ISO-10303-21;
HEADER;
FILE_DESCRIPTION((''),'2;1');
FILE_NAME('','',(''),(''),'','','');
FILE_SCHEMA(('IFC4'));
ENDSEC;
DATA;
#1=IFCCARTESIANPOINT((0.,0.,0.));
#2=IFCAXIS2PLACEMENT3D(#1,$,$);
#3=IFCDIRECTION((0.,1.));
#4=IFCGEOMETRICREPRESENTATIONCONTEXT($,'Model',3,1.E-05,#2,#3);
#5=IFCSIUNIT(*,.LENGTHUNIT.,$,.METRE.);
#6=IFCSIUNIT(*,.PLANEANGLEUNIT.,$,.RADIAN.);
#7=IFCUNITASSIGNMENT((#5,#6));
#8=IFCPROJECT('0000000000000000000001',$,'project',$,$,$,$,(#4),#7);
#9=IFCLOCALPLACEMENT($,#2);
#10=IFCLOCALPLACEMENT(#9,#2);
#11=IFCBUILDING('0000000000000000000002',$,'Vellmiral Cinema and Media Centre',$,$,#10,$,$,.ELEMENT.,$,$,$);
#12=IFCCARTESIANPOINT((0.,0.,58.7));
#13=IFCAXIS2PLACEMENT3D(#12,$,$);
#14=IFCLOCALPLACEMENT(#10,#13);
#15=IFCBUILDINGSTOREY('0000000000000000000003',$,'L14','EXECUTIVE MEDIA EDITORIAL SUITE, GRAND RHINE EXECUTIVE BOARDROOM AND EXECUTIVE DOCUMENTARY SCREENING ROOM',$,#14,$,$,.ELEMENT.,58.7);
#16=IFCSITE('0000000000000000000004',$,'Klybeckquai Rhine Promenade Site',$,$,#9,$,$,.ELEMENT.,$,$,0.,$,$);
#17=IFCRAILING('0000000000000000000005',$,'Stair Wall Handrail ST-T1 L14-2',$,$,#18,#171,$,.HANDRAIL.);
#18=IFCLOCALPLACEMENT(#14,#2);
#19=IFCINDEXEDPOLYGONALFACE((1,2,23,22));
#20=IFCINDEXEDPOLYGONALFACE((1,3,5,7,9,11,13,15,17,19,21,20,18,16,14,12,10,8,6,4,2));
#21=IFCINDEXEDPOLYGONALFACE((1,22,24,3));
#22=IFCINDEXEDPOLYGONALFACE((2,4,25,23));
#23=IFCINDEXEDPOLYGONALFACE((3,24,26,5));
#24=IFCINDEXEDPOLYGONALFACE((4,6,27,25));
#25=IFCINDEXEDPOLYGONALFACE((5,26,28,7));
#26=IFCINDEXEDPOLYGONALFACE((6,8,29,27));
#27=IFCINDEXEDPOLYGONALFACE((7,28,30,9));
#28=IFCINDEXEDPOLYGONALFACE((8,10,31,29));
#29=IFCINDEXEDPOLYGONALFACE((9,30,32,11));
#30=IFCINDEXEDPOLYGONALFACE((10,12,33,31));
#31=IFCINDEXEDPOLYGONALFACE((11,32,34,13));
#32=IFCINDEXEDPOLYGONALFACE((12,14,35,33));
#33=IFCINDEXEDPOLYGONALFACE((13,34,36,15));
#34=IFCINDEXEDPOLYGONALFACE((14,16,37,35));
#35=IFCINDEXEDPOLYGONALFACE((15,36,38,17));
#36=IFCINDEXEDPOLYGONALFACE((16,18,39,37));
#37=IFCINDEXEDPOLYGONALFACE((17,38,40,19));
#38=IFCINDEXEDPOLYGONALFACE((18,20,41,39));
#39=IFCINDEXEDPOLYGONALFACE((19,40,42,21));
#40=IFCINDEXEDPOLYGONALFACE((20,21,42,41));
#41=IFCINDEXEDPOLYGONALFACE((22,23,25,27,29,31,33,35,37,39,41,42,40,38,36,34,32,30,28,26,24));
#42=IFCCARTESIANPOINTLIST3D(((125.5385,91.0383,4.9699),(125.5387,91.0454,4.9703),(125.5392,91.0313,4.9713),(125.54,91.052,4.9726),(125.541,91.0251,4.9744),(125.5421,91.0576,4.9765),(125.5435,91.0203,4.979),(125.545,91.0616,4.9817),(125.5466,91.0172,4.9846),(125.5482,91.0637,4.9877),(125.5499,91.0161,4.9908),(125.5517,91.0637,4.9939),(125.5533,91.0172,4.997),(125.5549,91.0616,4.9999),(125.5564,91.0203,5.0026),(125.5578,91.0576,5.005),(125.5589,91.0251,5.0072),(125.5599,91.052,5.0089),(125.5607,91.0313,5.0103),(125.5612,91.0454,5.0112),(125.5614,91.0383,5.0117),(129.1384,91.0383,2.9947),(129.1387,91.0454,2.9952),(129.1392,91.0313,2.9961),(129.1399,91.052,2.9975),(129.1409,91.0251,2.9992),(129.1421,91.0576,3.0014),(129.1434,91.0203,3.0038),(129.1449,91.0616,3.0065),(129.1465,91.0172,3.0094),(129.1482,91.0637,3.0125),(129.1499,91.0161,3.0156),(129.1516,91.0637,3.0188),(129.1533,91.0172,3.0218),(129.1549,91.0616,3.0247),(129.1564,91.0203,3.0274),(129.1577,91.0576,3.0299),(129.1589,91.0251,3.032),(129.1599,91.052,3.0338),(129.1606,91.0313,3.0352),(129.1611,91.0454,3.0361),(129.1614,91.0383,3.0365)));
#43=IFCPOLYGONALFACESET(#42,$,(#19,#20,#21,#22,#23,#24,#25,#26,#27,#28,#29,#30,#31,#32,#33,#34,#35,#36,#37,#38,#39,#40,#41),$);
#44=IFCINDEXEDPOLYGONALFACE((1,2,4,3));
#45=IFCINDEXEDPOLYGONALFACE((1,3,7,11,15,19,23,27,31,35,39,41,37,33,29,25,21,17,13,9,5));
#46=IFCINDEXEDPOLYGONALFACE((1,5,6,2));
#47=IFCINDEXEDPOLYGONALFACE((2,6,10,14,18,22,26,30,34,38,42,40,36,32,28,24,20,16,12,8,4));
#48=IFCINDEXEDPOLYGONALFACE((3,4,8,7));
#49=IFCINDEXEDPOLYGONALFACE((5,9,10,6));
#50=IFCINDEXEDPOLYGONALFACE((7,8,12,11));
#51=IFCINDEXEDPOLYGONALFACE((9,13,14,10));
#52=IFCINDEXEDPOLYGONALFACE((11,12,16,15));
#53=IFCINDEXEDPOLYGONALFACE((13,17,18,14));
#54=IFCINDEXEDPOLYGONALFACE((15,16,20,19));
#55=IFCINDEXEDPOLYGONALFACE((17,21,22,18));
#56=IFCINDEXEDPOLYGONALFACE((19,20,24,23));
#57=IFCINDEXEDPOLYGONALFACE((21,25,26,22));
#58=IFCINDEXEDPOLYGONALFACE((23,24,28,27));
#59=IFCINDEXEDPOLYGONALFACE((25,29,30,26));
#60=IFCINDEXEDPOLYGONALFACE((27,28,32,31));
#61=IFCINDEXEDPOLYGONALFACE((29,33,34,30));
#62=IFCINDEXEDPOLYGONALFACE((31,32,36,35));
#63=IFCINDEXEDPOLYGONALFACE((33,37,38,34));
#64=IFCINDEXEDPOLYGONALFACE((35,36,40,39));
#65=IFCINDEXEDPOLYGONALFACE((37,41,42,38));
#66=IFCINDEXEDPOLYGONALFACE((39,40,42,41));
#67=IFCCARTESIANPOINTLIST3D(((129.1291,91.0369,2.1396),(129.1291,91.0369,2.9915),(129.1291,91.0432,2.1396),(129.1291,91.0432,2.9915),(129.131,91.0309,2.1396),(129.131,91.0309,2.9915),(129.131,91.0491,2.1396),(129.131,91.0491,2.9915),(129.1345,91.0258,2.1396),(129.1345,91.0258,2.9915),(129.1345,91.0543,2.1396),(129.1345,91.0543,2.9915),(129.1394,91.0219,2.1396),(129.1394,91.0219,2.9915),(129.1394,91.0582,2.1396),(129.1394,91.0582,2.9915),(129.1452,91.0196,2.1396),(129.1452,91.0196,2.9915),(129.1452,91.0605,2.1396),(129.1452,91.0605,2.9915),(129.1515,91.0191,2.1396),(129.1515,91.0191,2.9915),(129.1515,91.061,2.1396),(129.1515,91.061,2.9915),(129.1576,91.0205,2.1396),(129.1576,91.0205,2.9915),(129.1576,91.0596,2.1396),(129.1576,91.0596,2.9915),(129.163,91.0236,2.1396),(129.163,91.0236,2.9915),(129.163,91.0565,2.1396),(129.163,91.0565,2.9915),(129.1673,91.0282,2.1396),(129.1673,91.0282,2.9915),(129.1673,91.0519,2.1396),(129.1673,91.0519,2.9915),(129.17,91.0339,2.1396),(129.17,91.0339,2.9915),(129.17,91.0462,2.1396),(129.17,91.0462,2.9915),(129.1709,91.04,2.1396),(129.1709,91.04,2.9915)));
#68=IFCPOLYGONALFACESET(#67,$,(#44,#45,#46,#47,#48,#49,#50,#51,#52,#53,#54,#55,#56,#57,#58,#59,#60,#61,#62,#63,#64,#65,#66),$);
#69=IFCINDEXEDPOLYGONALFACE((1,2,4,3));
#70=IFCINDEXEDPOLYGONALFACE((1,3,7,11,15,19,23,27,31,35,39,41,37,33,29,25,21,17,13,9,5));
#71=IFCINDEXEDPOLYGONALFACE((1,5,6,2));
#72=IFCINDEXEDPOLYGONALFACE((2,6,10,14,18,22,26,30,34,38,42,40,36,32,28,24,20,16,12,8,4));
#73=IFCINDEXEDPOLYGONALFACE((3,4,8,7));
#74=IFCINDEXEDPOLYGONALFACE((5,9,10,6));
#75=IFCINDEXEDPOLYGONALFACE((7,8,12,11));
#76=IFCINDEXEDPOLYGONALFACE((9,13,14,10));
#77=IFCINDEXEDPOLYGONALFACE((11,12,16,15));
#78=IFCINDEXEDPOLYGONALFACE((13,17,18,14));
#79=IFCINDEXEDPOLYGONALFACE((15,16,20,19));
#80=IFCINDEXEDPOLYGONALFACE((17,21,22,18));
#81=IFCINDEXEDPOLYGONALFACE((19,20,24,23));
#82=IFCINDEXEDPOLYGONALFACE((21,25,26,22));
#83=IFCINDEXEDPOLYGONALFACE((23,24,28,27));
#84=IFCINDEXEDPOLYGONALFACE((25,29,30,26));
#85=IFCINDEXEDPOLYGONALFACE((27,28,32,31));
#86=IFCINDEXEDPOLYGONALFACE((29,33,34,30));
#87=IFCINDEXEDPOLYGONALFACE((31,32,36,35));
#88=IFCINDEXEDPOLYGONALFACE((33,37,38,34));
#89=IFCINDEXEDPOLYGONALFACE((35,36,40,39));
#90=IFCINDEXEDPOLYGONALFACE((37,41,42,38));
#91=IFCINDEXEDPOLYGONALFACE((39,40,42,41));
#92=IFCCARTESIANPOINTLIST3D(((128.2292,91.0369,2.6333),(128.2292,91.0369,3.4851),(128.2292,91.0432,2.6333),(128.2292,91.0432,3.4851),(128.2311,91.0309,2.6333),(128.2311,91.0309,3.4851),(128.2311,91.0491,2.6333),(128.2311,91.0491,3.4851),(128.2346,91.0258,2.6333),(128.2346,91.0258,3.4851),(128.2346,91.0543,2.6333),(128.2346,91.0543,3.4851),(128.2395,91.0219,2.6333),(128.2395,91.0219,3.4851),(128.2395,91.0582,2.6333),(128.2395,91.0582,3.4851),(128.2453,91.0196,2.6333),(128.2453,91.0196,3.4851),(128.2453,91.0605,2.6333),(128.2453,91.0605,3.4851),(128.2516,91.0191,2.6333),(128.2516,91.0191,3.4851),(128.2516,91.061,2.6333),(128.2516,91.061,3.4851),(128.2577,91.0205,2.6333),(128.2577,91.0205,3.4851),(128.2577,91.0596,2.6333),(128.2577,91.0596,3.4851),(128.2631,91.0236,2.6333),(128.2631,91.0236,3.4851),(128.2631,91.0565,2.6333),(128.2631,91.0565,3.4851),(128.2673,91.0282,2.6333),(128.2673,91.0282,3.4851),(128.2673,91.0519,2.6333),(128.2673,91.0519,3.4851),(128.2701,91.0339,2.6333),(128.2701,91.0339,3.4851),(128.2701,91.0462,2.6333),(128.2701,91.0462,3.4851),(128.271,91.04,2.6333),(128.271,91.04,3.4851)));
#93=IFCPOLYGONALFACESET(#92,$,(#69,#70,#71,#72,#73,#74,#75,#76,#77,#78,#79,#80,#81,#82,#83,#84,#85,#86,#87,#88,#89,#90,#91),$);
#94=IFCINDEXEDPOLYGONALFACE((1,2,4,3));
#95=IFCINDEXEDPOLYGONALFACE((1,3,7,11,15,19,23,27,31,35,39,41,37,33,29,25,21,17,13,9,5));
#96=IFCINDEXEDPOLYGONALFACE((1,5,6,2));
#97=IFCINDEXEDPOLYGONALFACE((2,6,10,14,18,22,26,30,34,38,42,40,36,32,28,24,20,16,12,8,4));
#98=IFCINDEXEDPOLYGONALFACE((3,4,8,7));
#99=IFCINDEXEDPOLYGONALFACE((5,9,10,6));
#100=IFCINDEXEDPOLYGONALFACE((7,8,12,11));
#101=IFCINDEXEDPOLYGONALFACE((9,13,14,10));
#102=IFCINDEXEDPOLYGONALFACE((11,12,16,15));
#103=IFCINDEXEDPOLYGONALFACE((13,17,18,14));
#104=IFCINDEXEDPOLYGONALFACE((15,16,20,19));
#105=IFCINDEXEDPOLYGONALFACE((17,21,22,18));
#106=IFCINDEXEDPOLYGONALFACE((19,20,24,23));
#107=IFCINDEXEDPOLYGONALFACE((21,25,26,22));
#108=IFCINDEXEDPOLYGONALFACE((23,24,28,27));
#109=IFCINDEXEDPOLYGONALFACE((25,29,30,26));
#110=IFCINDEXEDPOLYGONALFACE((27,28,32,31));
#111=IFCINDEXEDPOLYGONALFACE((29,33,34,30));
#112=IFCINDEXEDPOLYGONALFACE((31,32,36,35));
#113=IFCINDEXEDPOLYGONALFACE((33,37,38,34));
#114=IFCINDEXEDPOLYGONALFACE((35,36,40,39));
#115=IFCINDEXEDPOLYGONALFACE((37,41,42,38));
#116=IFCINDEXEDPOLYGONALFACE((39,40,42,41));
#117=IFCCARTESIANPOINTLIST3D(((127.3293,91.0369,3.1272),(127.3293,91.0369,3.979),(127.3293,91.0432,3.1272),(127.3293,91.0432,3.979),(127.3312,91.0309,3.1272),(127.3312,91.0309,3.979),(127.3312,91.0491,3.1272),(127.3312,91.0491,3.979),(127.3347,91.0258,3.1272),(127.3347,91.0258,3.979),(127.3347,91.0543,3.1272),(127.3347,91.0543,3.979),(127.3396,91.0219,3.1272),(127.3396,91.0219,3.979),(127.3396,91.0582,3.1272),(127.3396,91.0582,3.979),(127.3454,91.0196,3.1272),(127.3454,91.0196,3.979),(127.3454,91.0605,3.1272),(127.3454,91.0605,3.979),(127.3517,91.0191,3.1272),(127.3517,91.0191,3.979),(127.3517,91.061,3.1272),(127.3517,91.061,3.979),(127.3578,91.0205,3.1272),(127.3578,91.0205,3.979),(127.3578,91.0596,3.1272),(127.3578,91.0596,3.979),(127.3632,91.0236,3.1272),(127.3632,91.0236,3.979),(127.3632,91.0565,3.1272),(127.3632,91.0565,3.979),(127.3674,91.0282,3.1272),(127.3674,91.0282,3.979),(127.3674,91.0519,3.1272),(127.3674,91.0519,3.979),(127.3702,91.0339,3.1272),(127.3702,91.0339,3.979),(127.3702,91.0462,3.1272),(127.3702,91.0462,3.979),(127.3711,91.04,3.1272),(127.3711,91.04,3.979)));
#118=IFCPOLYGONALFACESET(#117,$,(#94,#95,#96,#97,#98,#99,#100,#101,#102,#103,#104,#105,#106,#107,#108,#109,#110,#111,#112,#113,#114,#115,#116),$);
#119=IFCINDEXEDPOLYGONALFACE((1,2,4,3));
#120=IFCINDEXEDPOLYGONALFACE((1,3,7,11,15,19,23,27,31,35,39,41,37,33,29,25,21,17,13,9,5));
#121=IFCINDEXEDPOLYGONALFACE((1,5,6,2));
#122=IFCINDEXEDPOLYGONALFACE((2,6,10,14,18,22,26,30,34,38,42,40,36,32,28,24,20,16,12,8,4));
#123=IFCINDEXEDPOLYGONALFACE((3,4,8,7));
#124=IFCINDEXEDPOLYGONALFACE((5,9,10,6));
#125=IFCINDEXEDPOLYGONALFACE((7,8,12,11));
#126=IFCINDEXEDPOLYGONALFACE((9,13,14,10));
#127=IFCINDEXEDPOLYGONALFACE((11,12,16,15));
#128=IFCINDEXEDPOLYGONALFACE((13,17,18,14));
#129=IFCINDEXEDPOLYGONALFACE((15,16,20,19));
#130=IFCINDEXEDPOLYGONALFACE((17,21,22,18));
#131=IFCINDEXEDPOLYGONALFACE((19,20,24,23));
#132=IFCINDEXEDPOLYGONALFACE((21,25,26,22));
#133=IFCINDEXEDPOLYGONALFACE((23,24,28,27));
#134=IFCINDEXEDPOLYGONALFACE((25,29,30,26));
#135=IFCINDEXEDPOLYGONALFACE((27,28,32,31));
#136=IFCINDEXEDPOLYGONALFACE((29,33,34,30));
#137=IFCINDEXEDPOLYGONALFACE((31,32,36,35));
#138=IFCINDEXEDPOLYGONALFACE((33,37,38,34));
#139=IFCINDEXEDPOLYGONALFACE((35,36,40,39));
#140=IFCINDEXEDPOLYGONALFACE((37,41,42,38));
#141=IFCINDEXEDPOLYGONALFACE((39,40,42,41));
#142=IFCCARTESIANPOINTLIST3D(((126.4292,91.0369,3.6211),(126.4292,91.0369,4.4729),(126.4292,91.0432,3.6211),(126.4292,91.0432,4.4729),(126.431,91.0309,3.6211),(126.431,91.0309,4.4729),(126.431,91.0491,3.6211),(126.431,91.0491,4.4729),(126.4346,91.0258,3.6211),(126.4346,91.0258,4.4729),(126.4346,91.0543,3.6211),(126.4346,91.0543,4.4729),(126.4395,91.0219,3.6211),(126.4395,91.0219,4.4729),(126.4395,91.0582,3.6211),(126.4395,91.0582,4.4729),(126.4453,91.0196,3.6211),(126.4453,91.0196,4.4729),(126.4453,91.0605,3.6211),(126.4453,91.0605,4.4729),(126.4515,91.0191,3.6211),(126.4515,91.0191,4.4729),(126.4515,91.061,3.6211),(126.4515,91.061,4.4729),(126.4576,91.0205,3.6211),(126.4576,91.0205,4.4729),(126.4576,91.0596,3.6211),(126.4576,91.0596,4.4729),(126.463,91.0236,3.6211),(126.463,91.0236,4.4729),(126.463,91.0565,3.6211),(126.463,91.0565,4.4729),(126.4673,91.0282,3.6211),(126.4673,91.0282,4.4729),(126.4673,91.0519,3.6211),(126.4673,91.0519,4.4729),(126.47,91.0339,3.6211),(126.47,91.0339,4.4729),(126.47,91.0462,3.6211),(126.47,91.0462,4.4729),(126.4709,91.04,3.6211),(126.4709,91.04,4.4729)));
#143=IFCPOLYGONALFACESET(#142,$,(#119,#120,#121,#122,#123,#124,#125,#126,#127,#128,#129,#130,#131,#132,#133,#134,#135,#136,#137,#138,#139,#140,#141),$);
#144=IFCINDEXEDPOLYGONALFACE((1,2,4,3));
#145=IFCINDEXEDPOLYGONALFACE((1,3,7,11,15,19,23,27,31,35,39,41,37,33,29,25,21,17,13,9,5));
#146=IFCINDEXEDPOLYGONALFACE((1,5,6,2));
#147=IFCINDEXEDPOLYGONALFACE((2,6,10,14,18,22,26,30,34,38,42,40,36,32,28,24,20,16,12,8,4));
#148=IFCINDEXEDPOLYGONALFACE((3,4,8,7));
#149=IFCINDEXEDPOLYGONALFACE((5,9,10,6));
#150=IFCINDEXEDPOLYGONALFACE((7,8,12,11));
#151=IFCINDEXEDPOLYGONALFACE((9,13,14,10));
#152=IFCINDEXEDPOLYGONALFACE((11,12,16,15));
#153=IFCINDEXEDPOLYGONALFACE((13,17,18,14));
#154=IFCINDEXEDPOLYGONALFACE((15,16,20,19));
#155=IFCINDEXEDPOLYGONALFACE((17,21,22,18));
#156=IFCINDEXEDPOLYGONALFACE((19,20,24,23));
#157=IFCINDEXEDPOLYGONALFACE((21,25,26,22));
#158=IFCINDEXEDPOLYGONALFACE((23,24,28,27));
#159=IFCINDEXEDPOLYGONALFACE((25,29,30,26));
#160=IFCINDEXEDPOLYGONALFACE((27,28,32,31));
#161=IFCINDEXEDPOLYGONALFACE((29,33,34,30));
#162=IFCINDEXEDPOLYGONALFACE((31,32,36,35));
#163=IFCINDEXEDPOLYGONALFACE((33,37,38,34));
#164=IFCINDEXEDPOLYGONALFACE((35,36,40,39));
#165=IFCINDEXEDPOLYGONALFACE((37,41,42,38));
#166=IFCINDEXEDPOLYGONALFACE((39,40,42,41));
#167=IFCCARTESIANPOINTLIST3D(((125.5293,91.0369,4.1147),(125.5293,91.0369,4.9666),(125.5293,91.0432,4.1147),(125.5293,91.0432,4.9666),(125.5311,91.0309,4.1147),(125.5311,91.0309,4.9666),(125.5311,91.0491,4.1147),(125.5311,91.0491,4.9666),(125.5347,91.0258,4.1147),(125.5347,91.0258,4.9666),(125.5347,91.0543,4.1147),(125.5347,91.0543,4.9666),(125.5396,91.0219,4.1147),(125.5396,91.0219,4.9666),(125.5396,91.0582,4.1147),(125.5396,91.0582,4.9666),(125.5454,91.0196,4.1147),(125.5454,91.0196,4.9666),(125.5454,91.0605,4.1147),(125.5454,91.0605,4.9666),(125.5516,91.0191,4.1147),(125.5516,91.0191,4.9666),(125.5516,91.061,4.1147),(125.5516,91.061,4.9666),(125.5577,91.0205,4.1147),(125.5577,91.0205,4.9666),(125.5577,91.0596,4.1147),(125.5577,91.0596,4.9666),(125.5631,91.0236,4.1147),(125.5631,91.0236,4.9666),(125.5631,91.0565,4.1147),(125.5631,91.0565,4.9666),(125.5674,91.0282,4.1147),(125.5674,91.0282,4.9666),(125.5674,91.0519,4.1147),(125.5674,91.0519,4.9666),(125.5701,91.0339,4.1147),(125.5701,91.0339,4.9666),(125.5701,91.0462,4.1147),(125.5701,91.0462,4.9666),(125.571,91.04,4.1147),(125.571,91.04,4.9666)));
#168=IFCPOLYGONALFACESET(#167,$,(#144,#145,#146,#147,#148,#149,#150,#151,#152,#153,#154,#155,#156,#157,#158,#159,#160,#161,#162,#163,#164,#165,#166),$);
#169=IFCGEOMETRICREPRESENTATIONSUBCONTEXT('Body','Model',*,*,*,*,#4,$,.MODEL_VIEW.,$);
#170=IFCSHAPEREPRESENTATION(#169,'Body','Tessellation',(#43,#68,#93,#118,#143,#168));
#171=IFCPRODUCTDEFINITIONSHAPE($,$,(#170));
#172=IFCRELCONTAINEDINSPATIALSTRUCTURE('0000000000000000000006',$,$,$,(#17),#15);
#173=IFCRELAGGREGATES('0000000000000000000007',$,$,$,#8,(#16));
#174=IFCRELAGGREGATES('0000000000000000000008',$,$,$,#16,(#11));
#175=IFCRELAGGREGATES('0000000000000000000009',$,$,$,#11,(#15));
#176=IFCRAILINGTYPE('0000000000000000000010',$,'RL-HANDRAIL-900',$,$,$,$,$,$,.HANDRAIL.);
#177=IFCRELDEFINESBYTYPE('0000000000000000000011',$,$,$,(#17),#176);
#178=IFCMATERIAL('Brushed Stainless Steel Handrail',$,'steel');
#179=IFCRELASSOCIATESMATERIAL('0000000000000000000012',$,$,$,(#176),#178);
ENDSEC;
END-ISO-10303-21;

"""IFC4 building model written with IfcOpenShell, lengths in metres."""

from ifc_helpers import new_model, si_unit, direction, frame, origin, origin_2d, place, context, subcontext, project, spatial, circle, extrude, material, type_object, element, save


model = new_model("IFC4")

# Units and contexts
model_context = context("Model", 3, precision=1e-05, world=origin(), true_north=direction((0.0, 1.0)))
body_context = subcontext(model_context, "Body", "Model", "MODEL_VIEW")
ifc_project = project(units=[si_unit("LENGTHUNIT", "METRE"), si_unit("PLANEANGLEUNIT", "RADIAN")], contexts=[model_context])

# Site, building, storey
site_placement = place(None, origin())
site = spatial("IfcSite", under=ifc_project, at=site_placement, Name="Klybeckquai Rhine Promenade Site", CompositionType="ELEMENT", RefElevation=0.0)
building_placement = place(site_placement, origin())
building = spatial("IfcBuilding", under=site, at=building_placement, Name="Vellmiral Cinema and Media Centre", CompositionType="ELEMENT")
storey_placement = place(building_placement, frame((0.0, 0.0, 58.7)))
storey = spatial("IfcBuildingStorey", under=building, at=storey_placement, Name="L14", Description="EXECUTIVE MEDIA EDITORIAL SUITE, GRAND RHINE EXECUTIVE BOARDROOM AND EXECUTIVE DOCUMENTARY SCREENING ROOM", CompositionType="ELEMENT", Elevation=58.7)

# Railing
ifc_material_1 = material(Name="Brushed Stainless Steel Handrail", Category="steel")
railing_type_1 = type_object("IfcRailingType", Name="RL-HANDRAIL-900", PredefinedType="HANDRAIL", material=ifc_material_1)
railing_1_placement = place(storey_placement, frame((129.1499, 91.04, 2.1396)))
element("IfcRailing", 1, at=railing_1_placement, inside=storey, type_object=railing_type_1, Name="Stair Wall Handrail ST-T1 L14-2", PredefinedType="HANDRAIL", context=body_context, shape_type="SweptSolid", body=[
    extrude(circle(Radius=0.0239, at=origin_2d()), frame((0.0, 0.0, 0.876), z_axis=(-0.876711, 0.0, 0.481017), x_axis=(0.0, -1.0, 0.0)), (0.0, 0.0, 1.0), 4.1062),
    extrude(circle(Radius=0.021, at=origin_2d()), origin(), (0.0, 0.0, 1.0), 0.8518),
    extrude(circle(Radius=0.021, at=origin_2d()), frame((-0.8999, 0.0, 0.4937)), (0.0, 0.0, 1.0), 0.8518),
    extrude(circle(Radius=0.021, at=origin_2d()), frame((-1.7998, 0.0, 0.9875)), (0.0, 0.0, 1.0), 0.8518),
    extrude(circle(Radius=0.021, at=origin_2d()), frame((-2.7, 0.0, 1.4814)), (0.0, 0.0, 1.0), 0.8518),
    extrude(circle(Radius=0.021, at=origin_2d()), frame((-3.5999, 0.0, 1.9751)), (0.0, 0.0, 1.0), 0.8518),
])

save(model, "model.ifc")
